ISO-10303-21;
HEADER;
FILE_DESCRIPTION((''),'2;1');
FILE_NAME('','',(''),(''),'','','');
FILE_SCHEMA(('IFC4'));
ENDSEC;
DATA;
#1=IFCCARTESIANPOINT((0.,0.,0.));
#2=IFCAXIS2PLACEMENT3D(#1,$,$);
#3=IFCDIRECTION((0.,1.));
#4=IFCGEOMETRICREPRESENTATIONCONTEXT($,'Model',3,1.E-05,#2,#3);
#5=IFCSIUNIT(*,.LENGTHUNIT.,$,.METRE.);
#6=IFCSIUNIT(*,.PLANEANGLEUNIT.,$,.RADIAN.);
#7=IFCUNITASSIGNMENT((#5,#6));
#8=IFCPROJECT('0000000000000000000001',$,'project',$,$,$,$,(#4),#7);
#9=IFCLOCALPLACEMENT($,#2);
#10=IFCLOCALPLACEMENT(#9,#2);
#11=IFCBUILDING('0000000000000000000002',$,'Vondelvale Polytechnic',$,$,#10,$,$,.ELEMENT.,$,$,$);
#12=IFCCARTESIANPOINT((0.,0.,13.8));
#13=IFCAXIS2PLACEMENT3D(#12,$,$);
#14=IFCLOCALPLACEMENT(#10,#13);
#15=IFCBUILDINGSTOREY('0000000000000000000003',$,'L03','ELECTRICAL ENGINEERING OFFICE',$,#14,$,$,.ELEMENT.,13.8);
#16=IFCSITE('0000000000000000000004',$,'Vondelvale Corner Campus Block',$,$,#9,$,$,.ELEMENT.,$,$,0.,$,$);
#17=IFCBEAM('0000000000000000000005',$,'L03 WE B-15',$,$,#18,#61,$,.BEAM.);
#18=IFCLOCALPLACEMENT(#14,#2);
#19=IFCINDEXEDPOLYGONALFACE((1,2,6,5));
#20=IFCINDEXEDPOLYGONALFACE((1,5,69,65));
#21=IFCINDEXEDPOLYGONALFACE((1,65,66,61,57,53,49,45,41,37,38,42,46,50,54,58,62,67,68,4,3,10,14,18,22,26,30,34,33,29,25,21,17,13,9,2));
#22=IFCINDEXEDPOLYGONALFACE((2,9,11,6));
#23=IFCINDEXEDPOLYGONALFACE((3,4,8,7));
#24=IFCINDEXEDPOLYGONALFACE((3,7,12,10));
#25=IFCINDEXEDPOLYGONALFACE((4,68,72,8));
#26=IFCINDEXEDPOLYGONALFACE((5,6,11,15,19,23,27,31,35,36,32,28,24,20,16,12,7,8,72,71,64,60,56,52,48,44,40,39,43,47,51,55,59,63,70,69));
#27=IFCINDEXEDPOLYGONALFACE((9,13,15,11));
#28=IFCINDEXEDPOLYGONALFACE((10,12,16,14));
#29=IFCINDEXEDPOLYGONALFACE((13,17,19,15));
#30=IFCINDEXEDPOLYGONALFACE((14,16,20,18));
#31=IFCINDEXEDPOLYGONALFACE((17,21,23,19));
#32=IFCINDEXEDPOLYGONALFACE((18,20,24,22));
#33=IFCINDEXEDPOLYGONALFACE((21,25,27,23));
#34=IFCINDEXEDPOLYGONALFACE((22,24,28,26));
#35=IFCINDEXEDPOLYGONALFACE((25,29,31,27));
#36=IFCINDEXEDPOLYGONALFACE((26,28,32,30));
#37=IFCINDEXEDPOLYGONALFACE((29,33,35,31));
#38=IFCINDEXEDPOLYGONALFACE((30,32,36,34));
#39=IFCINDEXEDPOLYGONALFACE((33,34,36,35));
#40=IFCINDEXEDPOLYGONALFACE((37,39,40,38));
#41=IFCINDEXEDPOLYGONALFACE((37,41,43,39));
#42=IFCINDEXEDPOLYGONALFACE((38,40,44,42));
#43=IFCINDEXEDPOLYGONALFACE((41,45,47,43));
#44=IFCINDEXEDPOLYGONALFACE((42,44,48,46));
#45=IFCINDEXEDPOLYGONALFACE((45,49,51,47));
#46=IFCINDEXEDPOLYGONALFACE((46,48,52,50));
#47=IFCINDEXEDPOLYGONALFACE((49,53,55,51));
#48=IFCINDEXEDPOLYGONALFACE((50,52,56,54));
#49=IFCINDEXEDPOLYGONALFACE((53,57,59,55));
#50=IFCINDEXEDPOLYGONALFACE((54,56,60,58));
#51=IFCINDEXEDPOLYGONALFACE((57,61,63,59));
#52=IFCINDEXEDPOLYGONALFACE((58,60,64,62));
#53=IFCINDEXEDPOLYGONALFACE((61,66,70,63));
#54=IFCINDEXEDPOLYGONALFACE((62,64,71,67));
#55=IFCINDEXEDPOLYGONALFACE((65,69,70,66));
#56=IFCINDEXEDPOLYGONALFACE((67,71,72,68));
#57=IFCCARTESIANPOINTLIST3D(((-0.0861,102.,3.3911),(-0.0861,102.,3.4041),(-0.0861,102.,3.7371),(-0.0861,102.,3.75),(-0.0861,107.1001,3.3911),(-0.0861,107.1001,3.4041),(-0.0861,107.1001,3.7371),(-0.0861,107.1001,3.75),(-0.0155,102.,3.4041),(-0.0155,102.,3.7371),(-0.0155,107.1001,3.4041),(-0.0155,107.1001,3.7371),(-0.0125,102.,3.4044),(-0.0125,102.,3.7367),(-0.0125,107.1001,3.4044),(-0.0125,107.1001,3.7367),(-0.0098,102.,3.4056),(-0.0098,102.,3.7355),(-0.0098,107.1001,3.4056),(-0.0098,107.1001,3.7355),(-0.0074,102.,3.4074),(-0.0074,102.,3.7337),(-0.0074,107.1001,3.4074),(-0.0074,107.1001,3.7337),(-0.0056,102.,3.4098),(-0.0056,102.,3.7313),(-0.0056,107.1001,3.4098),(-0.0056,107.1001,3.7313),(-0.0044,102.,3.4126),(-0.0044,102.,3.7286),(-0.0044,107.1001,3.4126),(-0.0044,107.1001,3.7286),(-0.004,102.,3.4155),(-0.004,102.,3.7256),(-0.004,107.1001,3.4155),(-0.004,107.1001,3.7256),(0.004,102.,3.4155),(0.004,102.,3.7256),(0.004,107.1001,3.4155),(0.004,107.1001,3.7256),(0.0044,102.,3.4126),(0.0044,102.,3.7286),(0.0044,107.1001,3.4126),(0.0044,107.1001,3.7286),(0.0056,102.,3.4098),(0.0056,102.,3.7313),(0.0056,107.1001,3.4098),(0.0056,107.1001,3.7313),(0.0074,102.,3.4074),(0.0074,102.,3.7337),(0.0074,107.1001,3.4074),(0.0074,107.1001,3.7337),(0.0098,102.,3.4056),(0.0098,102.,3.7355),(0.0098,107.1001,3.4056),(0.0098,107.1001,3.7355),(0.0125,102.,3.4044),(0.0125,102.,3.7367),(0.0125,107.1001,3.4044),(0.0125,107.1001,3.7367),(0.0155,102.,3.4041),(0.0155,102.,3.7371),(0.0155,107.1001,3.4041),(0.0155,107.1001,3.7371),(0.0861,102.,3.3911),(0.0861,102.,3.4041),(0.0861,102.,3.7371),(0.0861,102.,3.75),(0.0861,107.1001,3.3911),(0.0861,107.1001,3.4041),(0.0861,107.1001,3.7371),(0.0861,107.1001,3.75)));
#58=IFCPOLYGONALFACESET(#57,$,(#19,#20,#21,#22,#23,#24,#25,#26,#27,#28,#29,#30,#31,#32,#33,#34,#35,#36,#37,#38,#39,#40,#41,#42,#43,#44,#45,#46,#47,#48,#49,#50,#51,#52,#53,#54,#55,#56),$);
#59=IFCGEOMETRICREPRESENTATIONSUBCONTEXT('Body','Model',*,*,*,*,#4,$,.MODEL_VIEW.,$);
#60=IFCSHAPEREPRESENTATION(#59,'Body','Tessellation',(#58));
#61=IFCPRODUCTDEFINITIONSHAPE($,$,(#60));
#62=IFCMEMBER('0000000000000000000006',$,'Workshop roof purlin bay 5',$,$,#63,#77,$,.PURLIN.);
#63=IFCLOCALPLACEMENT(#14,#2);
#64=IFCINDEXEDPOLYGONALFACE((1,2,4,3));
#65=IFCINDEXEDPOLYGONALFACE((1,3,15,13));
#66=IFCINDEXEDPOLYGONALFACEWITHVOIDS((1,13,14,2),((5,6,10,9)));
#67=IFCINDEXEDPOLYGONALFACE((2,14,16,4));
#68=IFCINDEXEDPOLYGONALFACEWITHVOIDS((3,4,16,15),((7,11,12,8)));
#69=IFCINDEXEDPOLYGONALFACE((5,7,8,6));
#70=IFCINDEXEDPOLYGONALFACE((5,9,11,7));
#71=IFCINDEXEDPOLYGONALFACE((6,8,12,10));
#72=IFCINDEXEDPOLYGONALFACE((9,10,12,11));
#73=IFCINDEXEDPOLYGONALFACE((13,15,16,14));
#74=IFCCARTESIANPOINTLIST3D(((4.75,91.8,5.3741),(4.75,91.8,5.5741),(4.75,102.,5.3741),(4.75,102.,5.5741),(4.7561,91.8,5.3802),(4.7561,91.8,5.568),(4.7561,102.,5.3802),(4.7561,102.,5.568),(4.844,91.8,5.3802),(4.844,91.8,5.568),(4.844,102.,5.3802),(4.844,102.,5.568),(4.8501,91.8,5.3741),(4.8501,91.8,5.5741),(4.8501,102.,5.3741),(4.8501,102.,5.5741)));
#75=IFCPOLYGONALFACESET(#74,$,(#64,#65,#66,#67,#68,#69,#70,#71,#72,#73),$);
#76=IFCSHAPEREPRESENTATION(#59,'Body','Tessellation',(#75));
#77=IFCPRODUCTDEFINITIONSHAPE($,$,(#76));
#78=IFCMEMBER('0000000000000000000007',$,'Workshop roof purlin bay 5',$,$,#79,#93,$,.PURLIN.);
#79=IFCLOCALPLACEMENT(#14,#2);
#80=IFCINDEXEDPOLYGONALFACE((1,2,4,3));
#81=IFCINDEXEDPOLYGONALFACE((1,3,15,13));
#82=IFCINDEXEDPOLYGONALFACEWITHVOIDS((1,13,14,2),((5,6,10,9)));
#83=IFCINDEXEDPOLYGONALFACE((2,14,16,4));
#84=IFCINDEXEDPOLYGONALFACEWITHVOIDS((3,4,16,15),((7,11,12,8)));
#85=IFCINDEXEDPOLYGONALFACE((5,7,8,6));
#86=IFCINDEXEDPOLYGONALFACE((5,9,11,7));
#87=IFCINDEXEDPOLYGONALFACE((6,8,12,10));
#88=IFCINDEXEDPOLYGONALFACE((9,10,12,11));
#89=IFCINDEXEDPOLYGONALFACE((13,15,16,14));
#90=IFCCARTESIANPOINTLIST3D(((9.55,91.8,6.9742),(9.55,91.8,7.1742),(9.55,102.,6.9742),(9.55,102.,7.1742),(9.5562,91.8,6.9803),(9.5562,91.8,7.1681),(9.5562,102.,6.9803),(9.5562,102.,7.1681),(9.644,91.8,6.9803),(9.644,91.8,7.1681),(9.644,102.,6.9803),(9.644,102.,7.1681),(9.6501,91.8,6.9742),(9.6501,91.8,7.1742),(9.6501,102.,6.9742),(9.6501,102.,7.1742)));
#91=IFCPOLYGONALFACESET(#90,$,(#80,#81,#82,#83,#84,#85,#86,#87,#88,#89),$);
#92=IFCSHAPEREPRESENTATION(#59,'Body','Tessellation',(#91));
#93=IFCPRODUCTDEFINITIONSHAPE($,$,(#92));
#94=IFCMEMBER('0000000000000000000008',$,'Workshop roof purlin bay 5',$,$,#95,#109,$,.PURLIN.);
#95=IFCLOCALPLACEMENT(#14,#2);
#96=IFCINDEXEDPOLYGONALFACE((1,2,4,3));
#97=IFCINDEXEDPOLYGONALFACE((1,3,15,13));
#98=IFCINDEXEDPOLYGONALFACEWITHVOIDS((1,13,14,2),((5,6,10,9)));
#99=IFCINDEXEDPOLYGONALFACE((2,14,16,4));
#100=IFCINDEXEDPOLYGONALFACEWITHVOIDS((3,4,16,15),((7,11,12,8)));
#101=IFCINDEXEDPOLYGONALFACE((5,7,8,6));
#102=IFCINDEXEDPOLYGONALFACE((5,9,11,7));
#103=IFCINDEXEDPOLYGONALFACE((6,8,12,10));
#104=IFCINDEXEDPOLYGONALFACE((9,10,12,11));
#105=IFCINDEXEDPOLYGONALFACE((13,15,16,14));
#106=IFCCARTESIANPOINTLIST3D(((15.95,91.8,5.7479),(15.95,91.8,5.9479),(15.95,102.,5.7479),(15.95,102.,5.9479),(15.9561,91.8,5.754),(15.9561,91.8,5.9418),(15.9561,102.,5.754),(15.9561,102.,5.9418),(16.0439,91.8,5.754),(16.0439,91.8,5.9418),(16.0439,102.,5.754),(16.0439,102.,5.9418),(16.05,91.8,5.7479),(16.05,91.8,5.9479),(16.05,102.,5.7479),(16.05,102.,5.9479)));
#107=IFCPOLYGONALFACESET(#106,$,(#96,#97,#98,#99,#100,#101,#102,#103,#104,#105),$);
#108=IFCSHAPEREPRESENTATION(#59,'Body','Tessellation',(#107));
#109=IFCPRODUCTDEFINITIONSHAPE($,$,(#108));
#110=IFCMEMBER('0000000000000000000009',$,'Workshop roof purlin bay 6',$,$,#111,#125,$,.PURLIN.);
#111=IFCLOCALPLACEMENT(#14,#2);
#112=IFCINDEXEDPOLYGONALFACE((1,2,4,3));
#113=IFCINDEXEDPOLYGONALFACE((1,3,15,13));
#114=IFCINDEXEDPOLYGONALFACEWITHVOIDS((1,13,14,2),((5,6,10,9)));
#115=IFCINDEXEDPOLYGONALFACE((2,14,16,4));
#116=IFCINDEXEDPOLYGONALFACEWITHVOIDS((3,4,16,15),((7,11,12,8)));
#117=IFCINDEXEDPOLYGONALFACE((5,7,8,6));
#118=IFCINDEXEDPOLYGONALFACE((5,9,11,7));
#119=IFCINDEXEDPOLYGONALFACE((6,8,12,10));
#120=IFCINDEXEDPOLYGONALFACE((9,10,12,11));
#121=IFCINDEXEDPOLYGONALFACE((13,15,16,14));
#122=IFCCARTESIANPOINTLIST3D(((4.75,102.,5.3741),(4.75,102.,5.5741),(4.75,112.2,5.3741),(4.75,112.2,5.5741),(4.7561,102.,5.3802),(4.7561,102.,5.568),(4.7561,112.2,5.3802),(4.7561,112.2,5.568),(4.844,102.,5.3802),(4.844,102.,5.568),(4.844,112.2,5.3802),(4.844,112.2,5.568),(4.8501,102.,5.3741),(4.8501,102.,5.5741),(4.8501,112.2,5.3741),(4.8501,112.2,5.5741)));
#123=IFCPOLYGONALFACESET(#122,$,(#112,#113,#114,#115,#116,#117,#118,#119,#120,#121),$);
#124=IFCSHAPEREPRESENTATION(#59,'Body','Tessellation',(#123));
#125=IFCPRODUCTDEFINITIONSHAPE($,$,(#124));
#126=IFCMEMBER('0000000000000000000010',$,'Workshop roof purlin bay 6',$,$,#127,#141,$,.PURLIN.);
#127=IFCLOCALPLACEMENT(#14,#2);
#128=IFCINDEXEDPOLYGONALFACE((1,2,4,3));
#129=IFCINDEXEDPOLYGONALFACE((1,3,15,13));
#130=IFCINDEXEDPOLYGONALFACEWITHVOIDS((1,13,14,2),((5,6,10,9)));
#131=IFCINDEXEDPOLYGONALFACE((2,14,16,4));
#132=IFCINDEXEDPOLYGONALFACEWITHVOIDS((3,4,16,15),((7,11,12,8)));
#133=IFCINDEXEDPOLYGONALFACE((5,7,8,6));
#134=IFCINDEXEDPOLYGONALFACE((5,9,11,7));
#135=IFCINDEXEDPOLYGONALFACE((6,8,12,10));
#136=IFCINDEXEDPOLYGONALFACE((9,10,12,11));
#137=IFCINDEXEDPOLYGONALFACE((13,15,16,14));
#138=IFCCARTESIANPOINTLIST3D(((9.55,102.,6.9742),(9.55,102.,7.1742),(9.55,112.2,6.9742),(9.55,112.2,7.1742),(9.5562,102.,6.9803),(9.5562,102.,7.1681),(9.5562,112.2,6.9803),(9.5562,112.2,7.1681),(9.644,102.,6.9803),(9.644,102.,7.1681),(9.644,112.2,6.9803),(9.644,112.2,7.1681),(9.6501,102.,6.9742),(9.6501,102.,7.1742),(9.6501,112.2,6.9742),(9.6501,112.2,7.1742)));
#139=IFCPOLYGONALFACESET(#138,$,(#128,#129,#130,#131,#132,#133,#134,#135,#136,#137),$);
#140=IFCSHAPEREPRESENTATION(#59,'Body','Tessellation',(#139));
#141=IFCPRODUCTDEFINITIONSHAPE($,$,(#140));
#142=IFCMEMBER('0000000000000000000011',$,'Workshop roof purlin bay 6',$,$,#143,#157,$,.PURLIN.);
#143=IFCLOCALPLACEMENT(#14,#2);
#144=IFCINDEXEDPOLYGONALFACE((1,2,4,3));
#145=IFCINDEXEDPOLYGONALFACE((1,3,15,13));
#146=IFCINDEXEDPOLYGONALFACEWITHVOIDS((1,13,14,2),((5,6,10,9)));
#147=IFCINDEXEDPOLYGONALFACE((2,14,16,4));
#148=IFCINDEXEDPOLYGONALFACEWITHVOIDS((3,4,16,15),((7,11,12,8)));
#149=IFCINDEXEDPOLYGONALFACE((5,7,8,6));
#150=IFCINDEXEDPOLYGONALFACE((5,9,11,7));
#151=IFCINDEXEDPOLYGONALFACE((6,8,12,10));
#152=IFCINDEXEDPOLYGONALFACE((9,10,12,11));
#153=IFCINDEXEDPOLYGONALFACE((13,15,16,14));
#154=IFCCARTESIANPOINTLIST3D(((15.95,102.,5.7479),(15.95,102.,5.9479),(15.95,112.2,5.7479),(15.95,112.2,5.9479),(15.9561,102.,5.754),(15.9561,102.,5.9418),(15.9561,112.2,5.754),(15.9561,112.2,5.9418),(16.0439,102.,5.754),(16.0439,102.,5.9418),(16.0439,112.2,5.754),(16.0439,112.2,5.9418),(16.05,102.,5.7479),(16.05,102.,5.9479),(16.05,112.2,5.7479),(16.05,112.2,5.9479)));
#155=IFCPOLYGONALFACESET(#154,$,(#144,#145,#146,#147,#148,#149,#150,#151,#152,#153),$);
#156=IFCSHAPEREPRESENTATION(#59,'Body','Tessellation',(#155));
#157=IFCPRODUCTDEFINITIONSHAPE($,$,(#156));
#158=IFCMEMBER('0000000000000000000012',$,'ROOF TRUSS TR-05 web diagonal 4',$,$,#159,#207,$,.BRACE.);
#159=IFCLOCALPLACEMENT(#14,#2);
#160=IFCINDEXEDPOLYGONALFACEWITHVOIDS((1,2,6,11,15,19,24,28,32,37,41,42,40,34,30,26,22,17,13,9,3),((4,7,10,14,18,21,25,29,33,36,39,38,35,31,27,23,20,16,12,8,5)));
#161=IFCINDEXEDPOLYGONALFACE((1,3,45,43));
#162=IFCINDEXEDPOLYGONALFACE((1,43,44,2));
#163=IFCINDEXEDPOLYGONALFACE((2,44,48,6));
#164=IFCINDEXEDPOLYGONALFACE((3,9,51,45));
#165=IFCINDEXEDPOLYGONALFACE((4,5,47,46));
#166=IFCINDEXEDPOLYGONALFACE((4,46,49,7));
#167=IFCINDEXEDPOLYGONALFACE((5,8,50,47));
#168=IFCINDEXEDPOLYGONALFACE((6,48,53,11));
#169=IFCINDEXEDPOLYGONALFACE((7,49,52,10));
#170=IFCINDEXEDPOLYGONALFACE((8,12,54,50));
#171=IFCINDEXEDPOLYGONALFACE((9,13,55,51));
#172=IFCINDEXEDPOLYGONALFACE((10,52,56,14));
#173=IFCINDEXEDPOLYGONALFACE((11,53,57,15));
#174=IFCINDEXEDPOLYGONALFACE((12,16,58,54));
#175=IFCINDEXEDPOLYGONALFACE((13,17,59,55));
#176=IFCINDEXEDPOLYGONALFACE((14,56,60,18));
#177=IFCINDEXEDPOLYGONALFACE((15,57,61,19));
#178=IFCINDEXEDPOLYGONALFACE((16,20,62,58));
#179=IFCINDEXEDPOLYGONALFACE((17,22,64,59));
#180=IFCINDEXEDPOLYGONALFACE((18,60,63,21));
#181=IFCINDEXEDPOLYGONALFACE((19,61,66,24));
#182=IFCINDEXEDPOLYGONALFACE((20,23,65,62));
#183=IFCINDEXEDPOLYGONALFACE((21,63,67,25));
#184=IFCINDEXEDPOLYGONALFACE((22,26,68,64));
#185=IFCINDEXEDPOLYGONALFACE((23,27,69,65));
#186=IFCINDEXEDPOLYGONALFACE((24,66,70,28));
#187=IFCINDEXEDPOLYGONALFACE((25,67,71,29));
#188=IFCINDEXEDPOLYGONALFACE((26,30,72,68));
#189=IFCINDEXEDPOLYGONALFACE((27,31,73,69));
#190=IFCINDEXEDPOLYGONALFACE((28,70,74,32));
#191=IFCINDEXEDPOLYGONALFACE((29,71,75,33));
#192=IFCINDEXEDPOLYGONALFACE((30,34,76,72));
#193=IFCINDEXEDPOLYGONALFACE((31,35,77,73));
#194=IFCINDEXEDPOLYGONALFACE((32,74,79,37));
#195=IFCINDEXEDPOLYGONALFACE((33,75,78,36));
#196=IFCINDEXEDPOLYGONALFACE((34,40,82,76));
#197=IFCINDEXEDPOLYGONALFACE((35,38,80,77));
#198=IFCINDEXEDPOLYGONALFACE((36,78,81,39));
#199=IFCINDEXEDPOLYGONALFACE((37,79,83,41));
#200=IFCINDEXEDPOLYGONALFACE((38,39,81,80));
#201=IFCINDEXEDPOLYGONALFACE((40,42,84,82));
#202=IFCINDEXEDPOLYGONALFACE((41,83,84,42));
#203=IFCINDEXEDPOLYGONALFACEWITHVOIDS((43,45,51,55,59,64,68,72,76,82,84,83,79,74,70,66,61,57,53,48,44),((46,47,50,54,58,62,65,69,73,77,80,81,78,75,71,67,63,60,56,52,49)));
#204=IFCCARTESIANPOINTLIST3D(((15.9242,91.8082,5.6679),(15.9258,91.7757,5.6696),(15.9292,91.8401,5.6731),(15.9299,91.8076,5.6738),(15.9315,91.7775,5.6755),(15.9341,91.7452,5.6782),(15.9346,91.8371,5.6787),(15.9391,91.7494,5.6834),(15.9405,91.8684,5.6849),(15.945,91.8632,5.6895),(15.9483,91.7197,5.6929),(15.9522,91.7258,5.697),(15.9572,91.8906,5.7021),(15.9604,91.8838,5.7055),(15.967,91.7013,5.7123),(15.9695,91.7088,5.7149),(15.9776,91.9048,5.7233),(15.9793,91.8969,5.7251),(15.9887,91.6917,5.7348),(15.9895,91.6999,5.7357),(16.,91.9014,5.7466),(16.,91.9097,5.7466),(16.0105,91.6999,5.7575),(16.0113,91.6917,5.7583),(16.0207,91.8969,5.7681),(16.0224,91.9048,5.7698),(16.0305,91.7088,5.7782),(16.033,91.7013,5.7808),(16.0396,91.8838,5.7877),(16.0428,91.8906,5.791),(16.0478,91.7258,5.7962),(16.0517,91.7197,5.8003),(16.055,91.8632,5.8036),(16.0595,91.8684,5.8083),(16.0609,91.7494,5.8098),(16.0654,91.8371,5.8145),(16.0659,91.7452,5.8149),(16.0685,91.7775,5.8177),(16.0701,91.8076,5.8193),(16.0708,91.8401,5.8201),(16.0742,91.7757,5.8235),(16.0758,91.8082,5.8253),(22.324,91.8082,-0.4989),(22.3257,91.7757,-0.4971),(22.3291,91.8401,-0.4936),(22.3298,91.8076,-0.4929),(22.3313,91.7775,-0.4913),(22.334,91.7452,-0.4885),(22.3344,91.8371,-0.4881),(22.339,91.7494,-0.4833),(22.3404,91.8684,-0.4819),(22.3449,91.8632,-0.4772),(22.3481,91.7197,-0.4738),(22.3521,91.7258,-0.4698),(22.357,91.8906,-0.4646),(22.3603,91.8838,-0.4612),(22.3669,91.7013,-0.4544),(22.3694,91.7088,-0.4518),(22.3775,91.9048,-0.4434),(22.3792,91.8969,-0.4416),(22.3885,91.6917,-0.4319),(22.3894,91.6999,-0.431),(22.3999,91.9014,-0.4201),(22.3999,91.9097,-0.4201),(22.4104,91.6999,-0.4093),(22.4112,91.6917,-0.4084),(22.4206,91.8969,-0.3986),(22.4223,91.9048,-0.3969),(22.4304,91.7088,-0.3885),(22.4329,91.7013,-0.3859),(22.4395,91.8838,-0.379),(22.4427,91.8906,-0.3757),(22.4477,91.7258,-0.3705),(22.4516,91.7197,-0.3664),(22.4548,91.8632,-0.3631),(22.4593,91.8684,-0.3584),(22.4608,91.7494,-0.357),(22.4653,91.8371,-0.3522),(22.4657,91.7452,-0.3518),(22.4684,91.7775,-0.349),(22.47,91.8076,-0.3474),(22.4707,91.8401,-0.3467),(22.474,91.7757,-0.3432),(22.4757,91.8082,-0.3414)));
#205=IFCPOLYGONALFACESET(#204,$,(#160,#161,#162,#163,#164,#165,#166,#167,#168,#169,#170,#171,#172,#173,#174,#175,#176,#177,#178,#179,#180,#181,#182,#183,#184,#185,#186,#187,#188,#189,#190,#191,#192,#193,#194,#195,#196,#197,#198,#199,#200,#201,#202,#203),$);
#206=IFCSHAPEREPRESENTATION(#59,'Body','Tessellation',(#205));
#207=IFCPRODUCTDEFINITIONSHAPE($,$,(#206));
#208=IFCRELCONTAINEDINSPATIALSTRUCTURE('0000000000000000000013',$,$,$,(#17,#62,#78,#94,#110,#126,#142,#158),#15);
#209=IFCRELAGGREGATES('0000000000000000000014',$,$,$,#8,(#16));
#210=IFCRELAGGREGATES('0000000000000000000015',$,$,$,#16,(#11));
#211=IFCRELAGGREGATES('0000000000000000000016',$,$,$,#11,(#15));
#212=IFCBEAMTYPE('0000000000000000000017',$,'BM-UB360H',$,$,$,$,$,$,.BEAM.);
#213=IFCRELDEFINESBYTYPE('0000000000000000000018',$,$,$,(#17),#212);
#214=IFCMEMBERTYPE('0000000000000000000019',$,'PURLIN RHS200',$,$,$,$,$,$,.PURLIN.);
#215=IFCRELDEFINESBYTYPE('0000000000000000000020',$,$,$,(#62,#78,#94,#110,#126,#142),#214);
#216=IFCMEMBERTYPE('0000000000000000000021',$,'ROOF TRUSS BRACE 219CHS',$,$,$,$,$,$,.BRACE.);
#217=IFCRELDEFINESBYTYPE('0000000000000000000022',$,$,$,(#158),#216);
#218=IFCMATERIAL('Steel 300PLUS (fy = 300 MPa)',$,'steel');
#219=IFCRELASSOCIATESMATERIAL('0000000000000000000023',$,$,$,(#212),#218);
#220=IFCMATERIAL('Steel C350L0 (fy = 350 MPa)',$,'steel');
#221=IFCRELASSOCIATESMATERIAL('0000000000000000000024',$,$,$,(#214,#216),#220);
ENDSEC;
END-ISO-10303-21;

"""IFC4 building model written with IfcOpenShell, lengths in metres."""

from ifc_helpers import new_model, si_unit, direction, frame, origin, origin_2d, place, context, subcontext, project, spatial, hollow_rectangle, hollow_circle, i_section, extrude, material, material_profile, profile_set, type_object, element, save


model = new_model("IFC4")

# Units and contexts
model_context = context("Model", 3, precision=1e-05, world=origin(), true_north=direction((0.0, 1.0)))
body_context = subcontext(model_context, "Body", "Model", "MODEL_VIEW")
ifc_project = project(units=[si_unit("LENGTHUNIT", "METRE"), si_unit("PLANEANGLEUNIT", "RADIAN")], contexts=[model_context])

# Site, building, storey
site_placement = place(None, origin())
site = spatial("IfcSite", under=ifc_project, at=site_placement, Name="Vondelvale Corner Campus Block", CompositionType="ELEMENT", RefElevation=0.0)
building_placement = place(site_placement, origin())
building = spatial("IfcBuilding", under=site, at=building_placement, Name="Vondelvale Polytechnic", CompositionType="ELEMENT")
storey_placement = place(building_placement, frame((0.0, 0.0, 13.8)))
storey = spatial("IfcBuildingStorey", under=building, at=storey_placement, Name="L03", Description="ELECTRICAL ENGINEERING OFFICE", CompositionType="ELEMENT", Elevation=13.8)

# Beam
ifc_material_1 = material(Name="Steel 300PLUS (fy = 300 MPa)", Category="steel")
ifc_material_profile_1 = material_profile(ifc_material_1, i_section(OverallWidth=0.1721, OverallDepth=0.3589, WebThickness=0.0081, FlangeThickness=0.0129, FilletRadius=0.0115, at=origin_2d()), Name="360UB56.7")
ifc_profile_set_1 = profile_set([ifc_material_profile_1], Name="Steel 300PLUS (fy = 300 MPa)")
beam_type = type_object("IfcBeamType", Name="BM-UB360H", PredefinedType="BEAM", material=ifc_profile_set_1)
beam_placement = place(storey_placement, frame((0.0, 102.0, 3.5706), z_axis=(0.0, 1.0, 0.0), x_axis=(-1.0, 0.0, 0.0)))
element("IfcBeam", 1, at=beam_placement, inside=storey, type_object=beam_type, Name="L03 WE B-15", PredefinedType="BEAM", context=body_context, shape_type="SweptSolid", body=[
    extrude(i_section(OverallWidth=0.1721, OverallDepth=0.3589, WebThickness=0.0081, FlangeThickness=0.0129, FilletRadius=0.0115, at=origin_2d()), origin(), (0.0, 0.0, 1.0), 5.1001),
])

# Members
ifc_material_2 = material(Name="Steel C350L0 (fy = 350 MPa)", Category="steel")
ifc_material_profile_2 = material_profile(ifc_material_2, hollow_rectangle(XDim=0.1001, YDim=0.2, WallThickness=0.0061, at=origin_2d()), Name="200x100x6.0RHS")
ifc_profile_set_2 = profile_set([ifc_material_profile_2], Name="Steel C350L0 (fy = 350 MPa)")
member_type_1 = type_object("IfcMemberType", Name="PURLIN RHS200", PredefinedType="PURLIN", material=ifc_profile_set_2)
for number, where, z_axis, x_axis, name in (
    (2, (4.8, 91.8, 5.4741), (0.0, 1.0, 0.0), (-1.0, 0.0, 0.0), "Workshop roof purlin bay 5"),
    (3, (9.6001, 91.8, 7.0742), (0.0, 1.0, 0.0), (-1.0, 0.0, 0.0), "Workshop roof purlin bay 5"),
    (4, (16.0, 91.8, 5.8479), (0.0, 1.0, 0.0), (-1.0, 0.0, 0.0), "Workshop roof purlin bay 5"),
    (5, (4.8, 102.0, 5.4741), (0.0, 1.0, 0.0), (-1.0, 0.0, 0.0), "Workshop roof purlin bay 6"),
    (6, (9.6001, 102.0, 7.0742), (0.0, 1.0, 0.0), (-1.0, 0.0, 0.0), "Workshop roof purlin bay 6"),
    (7, (16.0, 102.0, 5.8479), (0.0, 1.0, 0.0), (-1.0, 0.0, 0.0), "Workshop roof purlin bay 6"),
):
    element("IfcMember", number, at=place(storey_placement, frame(where, z_axis=z_axis, x_axis=x_axis)), inside=storey, type_object=member_type_1, Name=name, PredefinedType="PURLIN", context=body_context, shape_type="SweptSolid", body=[
        extrude(hollow_rectangle(XDim=0.1001, YDim=0.2, WallThickness=0.0061, at=origin_2d()), origin(), (0.0, 0.0, 1.0), 10.2),
    ])
ifc_material_profile_3 = material_profile(ifc_material_2, hollow_circle(Radius=0.1096, WallThickness=0.0083, at=origin_2d()), Name="219.1x8.2CHS")
ifc_profile_set_3 = profile_set([ifc_material_profile_3], Name="Steel C350L0 (fy = 350 MPa)")
member_type_2 = type_object("IfcMemberType", Name="ROOF TRUSS BRACE 219CHS", PredefinedType="BRACE", material=ifc_profile_set_3)
for number, where, z_axis, x_axis, name in (
    (8, (16.0, 91.8, 5.7466), (0.720102, 0.0, -0.693868), (0.0, 1.0, 0.0), "ROOF TRUSS TR-05 web diagonal 4"),
):
    element("IfcMember", number, at=place(storey_placement, frame(where, z_axis=z_axis, x_axis=x_axis)), inside=storey, type_object=member_type_2, Name=name, PredefinedType="BRACE", context=body_context, shape_type="SweptSolid", body=[
        extrude(hollow_circle(Radius=0.1096, WallThickness=0.0083, at=origin_2d()), origin(), (0.0, 0.0, 1.0), 8.8875),
    ])

save(model, "model.ifc")
